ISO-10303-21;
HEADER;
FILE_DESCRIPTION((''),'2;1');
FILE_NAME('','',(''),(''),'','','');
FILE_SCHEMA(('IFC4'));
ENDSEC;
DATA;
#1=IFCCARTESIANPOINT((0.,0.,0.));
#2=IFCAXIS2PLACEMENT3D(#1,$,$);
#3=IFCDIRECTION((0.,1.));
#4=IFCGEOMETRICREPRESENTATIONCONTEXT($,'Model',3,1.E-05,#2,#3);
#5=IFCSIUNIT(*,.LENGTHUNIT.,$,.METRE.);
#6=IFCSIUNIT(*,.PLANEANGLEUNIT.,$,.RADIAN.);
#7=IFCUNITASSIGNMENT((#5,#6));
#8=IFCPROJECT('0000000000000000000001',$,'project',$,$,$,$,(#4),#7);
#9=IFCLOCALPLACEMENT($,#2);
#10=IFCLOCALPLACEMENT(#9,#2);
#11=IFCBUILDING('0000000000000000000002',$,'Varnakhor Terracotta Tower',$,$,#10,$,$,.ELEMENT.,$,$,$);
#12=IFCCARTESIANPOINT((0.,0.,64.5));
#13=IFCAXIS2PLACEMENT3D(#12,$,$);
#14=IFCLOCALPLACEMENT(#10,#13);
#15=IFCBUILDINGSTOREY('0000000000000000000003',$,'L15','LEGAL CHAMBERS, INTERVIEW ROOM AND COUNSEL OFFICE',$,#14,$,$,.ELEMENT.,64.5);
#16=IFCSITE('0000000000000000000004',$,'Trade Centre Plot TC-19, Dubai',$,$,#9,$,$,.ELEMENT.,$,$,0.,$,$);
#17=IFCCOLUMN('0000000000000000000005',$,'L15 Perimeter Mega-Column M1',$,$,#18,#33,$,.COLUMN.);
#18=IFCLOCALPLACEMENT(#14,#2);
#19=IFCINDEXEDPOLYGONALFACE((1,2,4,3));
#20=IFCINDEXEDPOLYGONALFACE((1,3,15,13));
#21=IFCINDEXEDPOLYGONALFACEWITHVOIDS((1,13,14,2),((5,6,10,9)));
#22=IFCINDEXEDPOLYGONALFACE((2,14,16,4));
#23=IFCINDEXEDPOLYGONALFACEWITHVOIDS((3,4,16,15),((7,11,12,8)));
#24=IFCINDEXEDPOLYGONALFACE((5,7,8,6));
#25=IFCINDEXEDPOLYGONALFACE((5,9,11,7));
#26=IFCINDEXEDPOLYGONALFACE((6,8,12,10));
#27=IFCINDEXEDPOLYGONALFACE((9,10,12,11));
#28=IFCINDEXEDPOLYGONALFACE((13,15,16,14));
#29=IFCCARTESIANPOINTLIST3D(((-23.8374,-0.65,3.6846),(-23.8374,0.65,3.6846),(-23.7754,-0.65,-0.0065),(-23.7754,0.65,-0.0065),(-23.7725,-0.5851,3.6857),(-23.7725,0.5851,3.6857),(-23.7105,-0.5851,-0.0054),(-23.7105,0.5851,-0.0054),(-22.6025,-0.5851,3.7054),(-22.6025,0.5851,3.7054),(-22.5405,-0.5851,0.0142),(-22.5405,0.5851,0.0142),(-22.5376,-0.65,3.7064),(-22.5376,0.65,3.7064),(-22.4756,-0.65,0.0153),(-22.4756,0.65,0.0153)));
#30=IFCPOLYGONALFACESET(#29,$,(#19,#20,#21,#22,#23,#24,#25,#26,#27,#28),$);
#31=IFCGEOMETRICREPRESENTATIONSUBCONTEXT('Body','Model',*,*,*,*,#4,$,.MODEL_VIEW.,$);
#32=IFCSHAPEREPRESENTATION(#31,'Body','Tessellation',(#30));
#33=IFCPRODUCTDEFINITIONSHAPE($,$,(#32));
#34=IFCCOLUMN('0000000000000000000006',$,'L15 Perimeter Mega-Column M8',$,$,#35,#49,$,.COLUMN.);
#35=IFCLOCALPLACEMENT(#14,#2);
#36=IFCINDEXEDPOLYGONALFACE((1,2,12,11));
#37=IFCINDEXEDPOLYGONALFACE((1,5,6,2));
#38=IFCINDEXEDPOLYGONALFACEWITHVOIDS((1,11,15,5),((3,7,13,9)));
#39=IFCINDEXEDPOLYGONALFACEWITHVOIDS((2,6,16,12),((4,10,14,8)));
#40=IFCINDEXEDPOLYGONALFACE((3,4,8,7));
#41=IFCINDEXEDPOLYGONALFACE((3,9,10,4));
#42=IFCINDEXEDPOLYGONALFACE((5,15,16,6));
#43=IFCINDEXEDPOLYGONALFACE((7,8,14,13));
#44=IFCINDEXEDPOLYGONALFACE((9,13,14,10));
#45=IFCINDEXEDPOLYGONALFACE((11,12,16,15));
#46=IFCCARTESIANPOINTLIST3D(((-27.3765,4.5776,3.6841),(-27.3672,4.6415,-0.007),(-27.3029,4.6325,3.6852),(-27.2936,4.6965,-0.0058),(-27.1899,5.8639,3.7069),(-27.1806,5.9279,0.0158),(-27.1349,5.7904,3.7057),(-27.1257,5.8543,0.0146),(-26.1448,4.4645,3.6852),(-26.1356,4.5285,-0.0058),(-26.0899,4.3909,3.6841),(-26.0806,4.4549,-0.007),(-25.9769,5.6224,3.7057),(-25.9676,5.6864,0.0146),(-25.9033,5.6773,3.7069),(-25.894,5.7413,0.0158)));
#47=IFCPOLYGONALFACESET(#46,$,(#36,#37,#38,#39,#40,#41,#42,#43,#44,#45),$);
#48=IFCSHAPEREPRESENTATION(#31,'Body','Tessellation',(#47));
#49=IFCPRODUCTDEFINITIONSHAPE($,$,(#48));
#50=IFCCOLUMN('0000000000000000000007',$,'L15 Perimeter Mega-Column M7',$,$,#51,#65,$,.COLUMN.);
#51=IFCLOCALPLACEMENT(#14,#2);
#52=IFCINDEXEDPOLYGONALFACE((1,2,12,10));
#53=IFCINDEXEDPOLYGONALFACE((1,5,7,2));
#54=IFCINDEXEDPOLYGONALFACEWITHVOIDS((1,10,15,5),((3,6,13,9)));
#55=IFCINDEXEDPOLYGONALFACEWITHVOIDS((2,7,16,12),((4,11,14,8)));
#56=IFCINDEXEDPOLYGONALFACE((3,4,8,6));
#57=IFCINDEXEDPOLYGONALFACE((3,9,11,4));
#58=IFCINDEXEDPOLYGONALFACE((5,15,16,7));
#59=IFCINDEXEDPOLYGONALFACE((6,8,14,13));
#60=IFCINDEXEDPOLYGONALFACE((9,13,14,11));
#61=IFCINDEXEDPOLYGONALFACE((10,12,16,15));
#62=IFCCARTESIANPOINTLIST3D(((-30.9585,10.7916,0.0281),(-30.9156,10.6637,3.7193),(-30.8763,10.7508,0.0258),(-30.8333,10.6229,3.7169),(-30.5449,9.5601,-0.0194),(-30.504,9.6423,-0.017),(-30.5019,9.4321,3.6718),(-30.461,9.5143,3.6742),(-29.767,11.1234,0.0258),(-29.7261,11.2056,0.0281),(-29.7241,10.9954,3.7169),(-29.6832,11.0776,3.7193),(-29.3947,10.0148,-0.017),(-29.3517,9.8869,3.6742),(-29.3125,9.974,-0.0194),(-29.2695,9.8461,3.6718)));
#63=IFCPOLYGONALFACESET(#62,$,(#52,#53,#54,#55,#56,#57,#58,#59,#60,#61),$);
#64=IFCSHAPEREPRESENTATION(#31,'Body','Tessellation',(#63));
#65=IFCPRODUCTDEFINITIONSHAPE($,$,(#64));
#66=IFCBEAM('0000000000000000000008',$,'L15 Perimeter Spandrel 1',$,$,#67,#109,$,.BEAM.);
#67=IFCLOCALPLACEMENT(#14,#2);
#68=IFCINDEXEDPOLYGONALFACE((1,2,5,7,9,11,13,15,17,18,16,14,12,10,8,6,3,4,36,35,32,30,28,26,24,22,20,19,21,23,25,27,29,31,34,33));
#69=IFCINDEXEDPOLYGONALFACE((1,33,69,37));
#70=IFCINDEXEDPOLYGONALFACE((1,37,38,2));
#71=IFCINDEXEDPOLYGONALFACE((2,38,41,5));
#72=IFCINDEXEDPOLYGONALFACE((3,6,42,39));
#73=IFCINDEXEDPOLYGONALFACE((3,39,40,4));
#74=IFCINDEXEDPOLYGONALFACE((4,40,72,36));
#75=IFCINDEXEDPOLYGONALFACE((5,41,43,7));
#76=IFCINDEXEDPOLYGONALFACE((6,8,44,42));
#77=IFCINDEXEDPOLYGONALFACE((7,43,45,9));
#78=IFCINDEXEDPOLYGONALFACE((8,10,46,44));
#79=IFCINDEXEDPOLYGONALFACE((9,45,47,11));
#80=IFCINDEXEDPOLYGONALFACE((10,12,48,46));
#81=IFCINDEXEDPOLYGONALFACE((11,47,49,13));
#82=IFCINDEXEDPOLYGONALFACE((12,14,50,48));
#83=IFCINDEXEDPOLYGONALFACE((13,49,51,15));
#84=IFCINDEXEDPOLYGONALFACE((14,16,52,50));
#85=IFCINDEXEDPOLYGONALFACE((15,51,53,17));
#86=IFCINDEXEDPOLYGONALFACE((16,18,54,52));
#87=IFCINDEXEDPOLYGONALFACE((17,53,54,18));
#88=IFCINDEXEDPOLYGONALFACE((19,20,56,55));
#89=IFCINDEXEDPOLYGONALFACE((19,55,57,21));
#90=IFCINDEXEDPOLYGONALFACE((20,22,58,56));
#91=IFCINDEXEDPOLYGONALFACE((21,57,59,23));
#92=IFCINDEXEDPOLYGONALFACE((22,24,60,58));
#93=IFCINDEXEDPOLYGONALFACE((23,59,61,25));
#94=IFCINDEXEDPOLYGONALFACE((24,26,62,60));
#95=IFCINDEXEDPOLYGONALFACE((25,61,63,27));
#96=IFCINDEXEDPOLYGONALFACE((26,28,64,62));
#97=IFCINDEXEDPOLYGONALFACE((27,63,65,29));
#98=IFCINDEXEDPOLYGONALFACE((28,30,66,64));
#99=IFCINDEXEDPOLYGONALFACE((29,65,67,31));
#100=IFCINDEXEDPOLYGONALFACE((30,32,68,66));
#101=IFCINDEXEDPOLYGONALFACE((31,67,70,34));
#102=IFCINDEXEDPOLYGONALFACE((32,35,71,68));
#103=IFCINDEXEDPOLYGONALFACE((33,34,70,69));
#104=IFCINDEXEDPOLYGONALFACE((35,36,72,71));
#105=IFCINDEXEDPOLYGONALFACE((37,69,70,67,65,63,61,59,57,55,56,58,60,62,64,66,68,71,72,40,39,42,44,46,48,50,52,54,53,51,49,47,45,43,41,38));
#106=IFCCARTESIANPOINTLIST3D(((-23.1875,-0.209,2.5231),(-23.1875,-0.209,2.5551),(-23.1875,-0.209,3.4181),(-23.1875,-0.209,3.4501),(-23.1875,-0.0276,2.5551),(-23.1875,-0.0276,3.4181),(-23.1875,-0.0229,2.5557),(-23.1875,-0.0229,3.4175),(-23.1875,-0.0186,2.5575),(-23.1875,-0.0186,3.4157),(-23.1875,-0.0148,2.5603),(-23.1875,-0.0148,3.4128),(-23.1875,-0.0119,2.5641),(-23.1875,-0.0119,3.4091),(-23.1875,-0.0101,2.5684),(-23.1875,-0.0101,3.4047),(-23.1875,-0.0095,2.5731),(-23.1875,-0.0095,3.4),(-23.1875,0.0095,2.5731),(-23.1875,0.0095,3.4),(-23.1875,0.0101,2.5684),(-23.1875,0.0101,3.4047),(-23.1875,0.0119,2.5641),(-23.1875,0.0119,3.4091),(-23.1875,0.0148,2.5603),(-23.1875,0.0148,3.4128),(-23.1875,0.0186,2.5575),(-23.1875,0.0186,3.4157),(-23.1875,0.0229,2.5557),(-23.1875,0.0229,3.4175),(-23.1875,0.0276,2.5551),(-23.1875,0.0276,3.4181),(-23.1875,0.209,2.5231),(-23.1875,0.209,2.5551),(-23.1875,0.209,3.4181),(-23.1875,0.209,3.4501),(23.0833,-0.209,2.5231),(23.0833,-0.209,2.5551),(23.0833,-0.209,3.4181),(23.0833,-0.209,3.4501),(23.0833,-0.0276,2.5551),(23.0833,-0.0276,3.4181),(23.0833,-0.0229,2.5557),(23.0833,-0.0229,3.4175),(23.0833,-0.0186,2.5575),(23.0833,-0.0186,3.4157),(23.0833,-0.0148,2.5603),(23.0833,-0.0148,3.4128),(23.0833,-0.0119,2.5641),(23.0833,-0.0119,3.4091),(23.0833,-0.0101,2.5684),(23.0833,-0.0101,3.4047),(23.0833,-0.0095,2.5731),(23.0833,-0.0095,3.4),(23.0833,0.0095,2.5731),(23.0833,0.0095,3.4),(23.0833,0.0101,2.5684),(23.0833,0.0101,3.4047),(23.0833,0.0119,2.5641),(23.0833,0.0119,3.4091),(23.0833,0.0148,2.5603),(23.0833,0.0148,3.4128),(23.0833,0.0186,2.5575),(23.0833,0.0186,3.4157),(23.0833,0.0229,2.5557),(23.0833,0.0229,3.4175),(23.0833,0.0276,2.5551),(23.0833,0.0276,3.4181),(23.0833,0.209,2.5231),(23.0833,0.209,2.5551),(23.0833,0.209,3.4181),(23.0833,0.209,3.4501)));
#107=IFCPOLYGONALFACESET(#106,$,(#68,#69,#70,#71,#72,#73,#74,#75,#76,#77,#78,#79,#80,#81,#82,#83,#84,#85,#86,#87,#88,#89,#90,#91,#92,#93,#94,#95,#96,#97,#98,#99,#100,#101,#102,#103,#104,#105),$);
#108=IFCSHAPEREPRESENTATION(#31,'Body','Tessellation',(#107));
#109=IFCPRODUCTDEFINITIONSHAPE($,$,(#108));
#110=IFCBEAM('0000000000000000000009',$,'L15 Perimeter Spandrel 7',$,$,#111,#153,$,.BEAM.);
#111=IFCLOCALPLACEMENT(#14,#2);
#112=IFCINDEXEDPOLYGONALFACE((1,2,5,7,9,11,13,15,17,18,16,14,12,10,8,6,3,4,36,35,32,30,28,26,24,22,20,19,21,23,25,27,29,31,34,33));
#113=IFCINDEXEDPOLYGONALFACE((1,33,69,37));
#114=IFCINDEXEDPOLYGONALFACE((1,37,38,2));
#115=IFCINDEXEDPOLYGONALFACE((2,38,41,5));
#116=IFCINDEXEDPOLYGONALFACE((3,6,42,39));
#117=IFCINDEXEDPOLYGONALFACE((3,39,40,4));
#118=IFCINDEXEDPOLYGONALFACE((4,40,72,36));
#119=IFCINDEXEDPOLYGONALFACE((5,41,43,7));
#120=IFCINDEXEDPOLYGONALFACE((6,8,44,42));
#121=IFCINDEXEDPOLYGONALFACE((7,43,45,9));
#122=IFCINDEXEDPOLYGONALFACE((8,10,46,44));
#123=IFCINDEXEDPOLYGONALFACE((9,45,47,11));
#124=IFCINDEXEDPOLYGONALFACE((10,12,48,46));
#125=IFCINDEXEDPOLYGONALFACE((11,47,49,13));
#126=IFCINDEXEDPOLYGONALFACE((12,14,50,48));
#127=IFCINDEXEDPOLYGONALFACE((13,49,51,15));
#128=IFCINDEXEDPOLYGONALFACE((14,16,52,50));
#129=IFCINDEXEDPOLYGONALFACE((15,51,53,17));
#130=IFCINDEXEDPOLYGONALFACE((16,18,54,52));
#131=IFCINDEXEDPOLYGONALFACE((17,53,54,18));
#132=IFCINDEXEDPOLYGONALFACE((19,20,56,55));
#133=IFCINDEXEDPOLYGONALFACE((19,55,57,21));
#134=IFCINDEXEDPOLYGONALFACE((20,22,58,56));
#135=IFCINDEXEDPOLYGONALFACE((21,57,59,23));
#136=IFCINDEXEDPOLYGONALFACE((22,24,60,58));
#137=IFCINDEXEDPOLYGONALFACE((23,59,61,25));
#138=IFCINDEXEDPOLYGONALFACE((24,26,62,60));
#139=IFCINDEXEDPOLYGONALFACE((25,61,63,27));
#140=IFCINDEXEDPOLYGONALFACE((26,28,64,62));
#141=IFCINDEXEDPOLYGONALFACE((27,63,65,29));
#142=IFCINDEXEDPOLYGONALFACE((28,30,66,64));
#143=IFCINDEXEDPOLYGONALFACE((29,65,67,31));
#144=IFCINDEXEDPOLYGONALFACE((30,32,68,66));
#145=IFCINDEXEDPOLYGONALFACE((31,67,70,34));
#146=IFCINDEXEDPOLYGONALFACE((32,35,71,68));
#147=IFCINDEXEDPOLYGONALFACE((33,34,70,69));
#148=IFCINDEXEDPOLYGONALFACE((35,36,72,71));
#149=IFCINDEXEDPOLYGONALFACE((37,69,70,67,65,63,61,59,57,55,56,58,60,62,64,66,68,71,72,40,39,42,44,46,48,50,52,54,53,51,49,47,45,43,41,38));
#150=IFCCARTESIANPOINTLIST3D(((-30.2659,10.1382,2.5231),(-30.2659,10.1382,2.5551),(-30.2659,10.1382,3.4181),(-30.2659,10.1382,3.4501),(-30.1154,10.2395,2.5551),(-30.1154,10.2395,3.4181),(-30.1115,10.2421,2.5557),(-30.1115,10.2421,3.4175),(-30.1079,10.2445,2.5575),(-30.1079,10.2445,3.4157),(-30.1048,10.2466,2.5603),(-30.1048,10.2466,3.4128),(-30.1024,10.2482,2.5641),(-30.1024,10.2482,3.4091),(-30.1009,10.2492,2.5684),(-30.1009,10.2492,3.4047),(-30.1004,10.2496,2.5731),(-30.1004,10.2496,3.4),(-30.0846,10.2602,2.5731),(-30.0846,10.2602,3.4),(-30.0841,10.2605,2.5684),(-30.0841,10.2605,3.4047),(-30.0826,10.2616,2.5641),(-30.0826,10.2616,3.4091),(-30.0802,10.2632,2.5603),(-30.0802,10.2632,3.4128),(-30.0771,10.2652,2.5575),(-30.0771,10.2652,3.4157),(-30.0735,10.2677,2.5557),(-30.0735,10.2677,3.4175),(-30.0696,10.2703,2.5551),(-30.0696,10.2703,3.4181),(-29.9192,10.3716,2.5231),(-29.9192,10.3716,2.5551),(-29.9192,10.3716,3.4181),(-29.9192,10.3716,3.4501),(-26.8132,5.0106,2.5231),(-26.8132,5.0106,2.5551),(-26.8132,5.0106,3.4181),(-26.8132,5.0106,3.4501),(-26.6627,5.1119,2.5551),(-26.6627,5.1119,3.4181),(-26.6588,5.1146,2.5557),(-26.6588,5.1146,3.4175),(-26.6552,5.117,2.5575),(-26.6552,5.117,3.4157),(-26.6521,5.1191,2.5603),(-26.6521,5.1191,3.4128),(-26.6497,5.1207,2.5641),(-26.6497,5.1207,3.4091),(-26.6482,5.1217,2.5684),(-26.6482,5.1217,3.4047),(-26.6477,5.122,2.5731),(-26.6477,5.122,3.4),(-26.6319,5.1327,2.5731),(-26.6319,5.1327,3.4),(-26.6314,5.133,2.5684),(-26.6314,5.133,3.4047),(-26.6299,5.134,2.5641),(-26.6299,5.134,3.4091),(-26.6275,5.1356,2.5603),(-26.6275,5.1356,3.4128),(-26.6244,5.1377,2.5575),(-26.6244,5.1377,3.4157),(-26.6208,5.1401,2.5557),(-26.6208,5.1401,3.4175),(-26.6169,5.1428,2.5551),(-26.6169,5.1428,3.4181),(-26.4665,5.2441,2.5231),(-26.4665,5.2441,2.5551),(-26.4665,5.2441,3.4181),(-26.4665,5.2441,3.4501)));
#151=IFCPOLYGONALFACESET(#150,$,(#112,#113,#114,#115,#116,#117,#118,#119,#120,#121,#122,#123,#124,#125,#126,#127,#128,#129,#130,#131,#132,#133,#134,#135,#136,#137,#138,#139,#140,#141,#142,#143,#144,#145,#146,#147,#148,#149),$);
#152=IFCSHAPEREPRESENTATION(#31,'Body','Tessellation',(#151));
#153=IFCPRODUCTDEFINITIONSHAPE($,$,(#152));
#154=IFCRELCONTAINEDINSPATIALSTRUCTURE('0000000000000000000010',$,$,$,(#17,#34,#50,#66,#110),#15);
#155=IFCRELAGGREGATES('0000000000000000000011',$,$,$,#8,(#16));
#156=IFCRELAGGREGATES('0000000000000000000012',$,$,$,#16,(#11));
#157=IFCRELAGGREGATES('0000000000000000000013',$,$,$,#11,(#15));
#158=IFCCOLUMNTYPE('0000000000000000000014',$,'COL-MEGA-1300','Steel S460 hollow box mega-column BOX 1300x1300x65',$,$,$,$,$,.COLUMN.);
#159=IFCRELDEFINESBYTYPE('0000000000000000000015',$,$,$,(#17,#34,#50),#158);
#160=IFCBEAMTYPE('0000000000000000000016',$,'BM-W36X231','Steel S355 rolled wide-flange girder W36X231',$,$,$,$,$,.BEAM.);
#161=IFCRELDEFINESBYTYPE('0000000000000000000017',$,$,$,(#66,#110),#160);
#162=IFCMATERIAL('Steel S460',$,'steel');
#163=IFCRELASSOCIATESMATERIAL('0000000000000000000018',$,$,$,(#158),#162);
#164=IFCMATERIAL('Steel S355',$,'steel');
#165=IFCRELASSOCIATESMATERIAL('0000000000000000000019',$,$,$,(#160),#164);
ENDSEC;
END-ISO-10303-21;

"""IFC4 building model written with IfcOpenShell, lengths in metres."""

from ifc_helpers import new_model, si_unit, direction, frame, origin, origin_2d, place, context, subcontext, project, spatial, hollow_rectangle, i_section, extrude, source, transform, mapped, material, material_profile, profile_set, type_object, element, save


model = new_model("IFC4")

# Units and contexts
model_context = context("Model", 3, precision=1e-05, world=origin(), true_north=direction((0.0, 1.0)))
body_context = subcontext(model_context, "Body", "Model", "MODEL_VIEW")
ifc_project = project(units=[si_unit("LENGTHUNIT", "METRE"), si_unit("PLANEANGLEUNIT", "RADIAN")], contexts=[model_context])

# Site, building, storey
site_placement = place(None, origin())
site = spatial("IfcSite", under=ifc_project, at=site_placement, Name="Trade Centre Plot TC-19, Dubai", CompositionType="ELEMENT", RefElevation=0.0)
building_placement = place(site_placement, origin())
building = spatial("IfcBuilding", under=site, at=building_placement, Name="Varnakhor Terracotta Tower", CompositionType="ELEMENT")
storey_placement = place(building_placement, frame((0.0, 0.0, 64.5)))
storey = spatial("IfcBuildingStorey", under=building, at=storey_placement, Name="L15", Description="LEGAL CHAMBERS, INTERVIEW ROOM AND COUNSEL OFFICE", CompositionType="ELEMENT", Elevation=64.5)

# Columns
ifc_material_1 = material(Name="Steel S460", Category="steel")
ifc_material_profile_1 = material_profile(ifc_material_1, hollow_rectangle(XDim=1.3, YDim=1.3, WallThickness=0.0649, at=origin_2d()), Name="BOX 1300x1300x65")
ifc_profile_set_1 = profile_set([ifc_material_profile_1], Name="Steel S460")
column_type = type_object("IfcColumnType", Name="COL-MEGA-1300", Description="Steel S460 hollow box mega-column BOX 1300x1300x65", PredefinedType="COLUMN", material=ifc_profile_set_1)
shared_shape_1 = source(origin(), body_context, "Body", "SweptSolid", [
    extrude(hollow_rectangle(XDim=1.3, YDim=1.3, WallThickness=0.0649, at=origin_2d()), origin(), (0.0, 0.0, 1.0), 3.6917),
])
for number, where, z_axis, x_axis, name in (
    (1, (-23.1255, 0.0, 0.0044), (-0.016798, 0.0, 0.999859), (0.0, -1.0, 0.0), "L15 Perimeter Mega-Column M1"),
    (2, (-26.6306, 5.1914, 0.0044), (-0.002513, -0.017327, 0.999847), (0.989645, -0.143536, 0.0), "L15 Perimeter Mega-Column M8"),
):
    element("IfcColumn", number, at=place(storey_placement, frame(where, z_axis=z_axis, x_axis=x_axis)), inside=storey, type_object=column_type, Name=name, PredefinedType="COLUMN", context=body_context, shape_type="MappedRepresentation", body=[
        mapped(shared_shape_1, transform((0.0, 0.0, 0.0), scale=1.0)),
    ])
shared_shape_2 = source(origin(), body_context, "Body", "SweptSolid", [
    extrude(hollow_rectangle(XDim=1.3, YDim=1.3, WallThickness=0.0649, at=origin_2d()), origin(), (0.0, 0.0, 1.0), 3.6936),
])
column_placement = place(storey_placement, frame((-30.1355, 10.3828, 0.0044), z_axis=(0.011633, -0.034635, 0.999332), x_axis=(0.947957, 0.318398, 0.0)))
element("IfcColumn", 3, at=column_placement, inside=storey, type_object=column_type, Name="L15 Perimeter Mega-Column M7", PredefinedType="COLUMN", context=body_context, shape_type="MappedRepresentation", body=[
    mapped(shared_shape_2, transform((0.0, 0.0, 0.0), scale=1.0)),
])

# Beams
ifc_material_2 = material(Name="Steel S355", Category="steel")
ifc_material_profile_2 = material_profile(ifc_material_2, i_section(OverallWidth=0.418, OverallDepth=0.927, WebThickness=0.019, FlangeThickness=0.032, FilletRadius=0.0181, at=origin_2d()), Name="W36X231")
ifc_profile_set_2 = profile_set([ifc_material_profile_2], Name="Steel S355")
beam_type_1 = type_object("IfcBeamType", Name="BM-W36X231", Description="Steel S355 rolled wide-flange girder W36X231", PredefinedType="BEAM", material=ifc_profile_set_2)
shared_shape_3 = source(origin(), body_context, "Body", "SweptSolid", [
    extrude(i_section(OverallWidth=0.418, OverallDepth=0.927, WebThickness=0.019, FlangeThickness=0.032, FilletRadius=0.0181, at=origin_2d()), origin(), (0.0, 0.0, 1.0), 46.2708),
])
beam_1_placement = place(storey_placement, frame((-23.1875, 0.0, 2.9866), z_axis=(1.0, 0.0, 0.0), x_axis=(0.0, 1.0, 0.0)))
element("IfcBeam", 4, at=beam_1_placement, inside=storey, type_object=beam_type_1, Name="L15 Perimeter Spandrel 1", PredefinedType="BEAM", context=body_context, shape_type="MappedRepresentation", body=[
    mapped(shared_shape_3, transform((0.0, 0.0, 0.0), scale=1.0)),
])
shared_shape_4 = source(origin(), body_context, "Body", "SweptSolid", [
    extrude(i_section(OverallWidth=0.418, OverallDepth=0.927, WebThickness=0.019, FlangeThickness=0.032, FilletRadius=0.0181, at=origin_2d()), origin(), (0.0, 0.0, 1.0), 6.1816),
])
beam_2_placement = place(storey_placement, frame((-30.0925, 10.2549, 2.9866), z_axis=(0.55854, -0.829477, 0.0), x_axis=(0.829477, 0.55854, 0.0)))
element("IfcBeam", 5, at=beam_2_placement, inside=storey, type_object=beam_type_1, Name="L15 Perimeter Spandrel 7", PredefinedType="BEAM", context=body_context, shape_type="MappedRepresentation", body=[
    mapped(shared_shape_4, transform((0.0, 0.0, 0.0), scale=1.0)),
])

save(model, "model.ifc")
